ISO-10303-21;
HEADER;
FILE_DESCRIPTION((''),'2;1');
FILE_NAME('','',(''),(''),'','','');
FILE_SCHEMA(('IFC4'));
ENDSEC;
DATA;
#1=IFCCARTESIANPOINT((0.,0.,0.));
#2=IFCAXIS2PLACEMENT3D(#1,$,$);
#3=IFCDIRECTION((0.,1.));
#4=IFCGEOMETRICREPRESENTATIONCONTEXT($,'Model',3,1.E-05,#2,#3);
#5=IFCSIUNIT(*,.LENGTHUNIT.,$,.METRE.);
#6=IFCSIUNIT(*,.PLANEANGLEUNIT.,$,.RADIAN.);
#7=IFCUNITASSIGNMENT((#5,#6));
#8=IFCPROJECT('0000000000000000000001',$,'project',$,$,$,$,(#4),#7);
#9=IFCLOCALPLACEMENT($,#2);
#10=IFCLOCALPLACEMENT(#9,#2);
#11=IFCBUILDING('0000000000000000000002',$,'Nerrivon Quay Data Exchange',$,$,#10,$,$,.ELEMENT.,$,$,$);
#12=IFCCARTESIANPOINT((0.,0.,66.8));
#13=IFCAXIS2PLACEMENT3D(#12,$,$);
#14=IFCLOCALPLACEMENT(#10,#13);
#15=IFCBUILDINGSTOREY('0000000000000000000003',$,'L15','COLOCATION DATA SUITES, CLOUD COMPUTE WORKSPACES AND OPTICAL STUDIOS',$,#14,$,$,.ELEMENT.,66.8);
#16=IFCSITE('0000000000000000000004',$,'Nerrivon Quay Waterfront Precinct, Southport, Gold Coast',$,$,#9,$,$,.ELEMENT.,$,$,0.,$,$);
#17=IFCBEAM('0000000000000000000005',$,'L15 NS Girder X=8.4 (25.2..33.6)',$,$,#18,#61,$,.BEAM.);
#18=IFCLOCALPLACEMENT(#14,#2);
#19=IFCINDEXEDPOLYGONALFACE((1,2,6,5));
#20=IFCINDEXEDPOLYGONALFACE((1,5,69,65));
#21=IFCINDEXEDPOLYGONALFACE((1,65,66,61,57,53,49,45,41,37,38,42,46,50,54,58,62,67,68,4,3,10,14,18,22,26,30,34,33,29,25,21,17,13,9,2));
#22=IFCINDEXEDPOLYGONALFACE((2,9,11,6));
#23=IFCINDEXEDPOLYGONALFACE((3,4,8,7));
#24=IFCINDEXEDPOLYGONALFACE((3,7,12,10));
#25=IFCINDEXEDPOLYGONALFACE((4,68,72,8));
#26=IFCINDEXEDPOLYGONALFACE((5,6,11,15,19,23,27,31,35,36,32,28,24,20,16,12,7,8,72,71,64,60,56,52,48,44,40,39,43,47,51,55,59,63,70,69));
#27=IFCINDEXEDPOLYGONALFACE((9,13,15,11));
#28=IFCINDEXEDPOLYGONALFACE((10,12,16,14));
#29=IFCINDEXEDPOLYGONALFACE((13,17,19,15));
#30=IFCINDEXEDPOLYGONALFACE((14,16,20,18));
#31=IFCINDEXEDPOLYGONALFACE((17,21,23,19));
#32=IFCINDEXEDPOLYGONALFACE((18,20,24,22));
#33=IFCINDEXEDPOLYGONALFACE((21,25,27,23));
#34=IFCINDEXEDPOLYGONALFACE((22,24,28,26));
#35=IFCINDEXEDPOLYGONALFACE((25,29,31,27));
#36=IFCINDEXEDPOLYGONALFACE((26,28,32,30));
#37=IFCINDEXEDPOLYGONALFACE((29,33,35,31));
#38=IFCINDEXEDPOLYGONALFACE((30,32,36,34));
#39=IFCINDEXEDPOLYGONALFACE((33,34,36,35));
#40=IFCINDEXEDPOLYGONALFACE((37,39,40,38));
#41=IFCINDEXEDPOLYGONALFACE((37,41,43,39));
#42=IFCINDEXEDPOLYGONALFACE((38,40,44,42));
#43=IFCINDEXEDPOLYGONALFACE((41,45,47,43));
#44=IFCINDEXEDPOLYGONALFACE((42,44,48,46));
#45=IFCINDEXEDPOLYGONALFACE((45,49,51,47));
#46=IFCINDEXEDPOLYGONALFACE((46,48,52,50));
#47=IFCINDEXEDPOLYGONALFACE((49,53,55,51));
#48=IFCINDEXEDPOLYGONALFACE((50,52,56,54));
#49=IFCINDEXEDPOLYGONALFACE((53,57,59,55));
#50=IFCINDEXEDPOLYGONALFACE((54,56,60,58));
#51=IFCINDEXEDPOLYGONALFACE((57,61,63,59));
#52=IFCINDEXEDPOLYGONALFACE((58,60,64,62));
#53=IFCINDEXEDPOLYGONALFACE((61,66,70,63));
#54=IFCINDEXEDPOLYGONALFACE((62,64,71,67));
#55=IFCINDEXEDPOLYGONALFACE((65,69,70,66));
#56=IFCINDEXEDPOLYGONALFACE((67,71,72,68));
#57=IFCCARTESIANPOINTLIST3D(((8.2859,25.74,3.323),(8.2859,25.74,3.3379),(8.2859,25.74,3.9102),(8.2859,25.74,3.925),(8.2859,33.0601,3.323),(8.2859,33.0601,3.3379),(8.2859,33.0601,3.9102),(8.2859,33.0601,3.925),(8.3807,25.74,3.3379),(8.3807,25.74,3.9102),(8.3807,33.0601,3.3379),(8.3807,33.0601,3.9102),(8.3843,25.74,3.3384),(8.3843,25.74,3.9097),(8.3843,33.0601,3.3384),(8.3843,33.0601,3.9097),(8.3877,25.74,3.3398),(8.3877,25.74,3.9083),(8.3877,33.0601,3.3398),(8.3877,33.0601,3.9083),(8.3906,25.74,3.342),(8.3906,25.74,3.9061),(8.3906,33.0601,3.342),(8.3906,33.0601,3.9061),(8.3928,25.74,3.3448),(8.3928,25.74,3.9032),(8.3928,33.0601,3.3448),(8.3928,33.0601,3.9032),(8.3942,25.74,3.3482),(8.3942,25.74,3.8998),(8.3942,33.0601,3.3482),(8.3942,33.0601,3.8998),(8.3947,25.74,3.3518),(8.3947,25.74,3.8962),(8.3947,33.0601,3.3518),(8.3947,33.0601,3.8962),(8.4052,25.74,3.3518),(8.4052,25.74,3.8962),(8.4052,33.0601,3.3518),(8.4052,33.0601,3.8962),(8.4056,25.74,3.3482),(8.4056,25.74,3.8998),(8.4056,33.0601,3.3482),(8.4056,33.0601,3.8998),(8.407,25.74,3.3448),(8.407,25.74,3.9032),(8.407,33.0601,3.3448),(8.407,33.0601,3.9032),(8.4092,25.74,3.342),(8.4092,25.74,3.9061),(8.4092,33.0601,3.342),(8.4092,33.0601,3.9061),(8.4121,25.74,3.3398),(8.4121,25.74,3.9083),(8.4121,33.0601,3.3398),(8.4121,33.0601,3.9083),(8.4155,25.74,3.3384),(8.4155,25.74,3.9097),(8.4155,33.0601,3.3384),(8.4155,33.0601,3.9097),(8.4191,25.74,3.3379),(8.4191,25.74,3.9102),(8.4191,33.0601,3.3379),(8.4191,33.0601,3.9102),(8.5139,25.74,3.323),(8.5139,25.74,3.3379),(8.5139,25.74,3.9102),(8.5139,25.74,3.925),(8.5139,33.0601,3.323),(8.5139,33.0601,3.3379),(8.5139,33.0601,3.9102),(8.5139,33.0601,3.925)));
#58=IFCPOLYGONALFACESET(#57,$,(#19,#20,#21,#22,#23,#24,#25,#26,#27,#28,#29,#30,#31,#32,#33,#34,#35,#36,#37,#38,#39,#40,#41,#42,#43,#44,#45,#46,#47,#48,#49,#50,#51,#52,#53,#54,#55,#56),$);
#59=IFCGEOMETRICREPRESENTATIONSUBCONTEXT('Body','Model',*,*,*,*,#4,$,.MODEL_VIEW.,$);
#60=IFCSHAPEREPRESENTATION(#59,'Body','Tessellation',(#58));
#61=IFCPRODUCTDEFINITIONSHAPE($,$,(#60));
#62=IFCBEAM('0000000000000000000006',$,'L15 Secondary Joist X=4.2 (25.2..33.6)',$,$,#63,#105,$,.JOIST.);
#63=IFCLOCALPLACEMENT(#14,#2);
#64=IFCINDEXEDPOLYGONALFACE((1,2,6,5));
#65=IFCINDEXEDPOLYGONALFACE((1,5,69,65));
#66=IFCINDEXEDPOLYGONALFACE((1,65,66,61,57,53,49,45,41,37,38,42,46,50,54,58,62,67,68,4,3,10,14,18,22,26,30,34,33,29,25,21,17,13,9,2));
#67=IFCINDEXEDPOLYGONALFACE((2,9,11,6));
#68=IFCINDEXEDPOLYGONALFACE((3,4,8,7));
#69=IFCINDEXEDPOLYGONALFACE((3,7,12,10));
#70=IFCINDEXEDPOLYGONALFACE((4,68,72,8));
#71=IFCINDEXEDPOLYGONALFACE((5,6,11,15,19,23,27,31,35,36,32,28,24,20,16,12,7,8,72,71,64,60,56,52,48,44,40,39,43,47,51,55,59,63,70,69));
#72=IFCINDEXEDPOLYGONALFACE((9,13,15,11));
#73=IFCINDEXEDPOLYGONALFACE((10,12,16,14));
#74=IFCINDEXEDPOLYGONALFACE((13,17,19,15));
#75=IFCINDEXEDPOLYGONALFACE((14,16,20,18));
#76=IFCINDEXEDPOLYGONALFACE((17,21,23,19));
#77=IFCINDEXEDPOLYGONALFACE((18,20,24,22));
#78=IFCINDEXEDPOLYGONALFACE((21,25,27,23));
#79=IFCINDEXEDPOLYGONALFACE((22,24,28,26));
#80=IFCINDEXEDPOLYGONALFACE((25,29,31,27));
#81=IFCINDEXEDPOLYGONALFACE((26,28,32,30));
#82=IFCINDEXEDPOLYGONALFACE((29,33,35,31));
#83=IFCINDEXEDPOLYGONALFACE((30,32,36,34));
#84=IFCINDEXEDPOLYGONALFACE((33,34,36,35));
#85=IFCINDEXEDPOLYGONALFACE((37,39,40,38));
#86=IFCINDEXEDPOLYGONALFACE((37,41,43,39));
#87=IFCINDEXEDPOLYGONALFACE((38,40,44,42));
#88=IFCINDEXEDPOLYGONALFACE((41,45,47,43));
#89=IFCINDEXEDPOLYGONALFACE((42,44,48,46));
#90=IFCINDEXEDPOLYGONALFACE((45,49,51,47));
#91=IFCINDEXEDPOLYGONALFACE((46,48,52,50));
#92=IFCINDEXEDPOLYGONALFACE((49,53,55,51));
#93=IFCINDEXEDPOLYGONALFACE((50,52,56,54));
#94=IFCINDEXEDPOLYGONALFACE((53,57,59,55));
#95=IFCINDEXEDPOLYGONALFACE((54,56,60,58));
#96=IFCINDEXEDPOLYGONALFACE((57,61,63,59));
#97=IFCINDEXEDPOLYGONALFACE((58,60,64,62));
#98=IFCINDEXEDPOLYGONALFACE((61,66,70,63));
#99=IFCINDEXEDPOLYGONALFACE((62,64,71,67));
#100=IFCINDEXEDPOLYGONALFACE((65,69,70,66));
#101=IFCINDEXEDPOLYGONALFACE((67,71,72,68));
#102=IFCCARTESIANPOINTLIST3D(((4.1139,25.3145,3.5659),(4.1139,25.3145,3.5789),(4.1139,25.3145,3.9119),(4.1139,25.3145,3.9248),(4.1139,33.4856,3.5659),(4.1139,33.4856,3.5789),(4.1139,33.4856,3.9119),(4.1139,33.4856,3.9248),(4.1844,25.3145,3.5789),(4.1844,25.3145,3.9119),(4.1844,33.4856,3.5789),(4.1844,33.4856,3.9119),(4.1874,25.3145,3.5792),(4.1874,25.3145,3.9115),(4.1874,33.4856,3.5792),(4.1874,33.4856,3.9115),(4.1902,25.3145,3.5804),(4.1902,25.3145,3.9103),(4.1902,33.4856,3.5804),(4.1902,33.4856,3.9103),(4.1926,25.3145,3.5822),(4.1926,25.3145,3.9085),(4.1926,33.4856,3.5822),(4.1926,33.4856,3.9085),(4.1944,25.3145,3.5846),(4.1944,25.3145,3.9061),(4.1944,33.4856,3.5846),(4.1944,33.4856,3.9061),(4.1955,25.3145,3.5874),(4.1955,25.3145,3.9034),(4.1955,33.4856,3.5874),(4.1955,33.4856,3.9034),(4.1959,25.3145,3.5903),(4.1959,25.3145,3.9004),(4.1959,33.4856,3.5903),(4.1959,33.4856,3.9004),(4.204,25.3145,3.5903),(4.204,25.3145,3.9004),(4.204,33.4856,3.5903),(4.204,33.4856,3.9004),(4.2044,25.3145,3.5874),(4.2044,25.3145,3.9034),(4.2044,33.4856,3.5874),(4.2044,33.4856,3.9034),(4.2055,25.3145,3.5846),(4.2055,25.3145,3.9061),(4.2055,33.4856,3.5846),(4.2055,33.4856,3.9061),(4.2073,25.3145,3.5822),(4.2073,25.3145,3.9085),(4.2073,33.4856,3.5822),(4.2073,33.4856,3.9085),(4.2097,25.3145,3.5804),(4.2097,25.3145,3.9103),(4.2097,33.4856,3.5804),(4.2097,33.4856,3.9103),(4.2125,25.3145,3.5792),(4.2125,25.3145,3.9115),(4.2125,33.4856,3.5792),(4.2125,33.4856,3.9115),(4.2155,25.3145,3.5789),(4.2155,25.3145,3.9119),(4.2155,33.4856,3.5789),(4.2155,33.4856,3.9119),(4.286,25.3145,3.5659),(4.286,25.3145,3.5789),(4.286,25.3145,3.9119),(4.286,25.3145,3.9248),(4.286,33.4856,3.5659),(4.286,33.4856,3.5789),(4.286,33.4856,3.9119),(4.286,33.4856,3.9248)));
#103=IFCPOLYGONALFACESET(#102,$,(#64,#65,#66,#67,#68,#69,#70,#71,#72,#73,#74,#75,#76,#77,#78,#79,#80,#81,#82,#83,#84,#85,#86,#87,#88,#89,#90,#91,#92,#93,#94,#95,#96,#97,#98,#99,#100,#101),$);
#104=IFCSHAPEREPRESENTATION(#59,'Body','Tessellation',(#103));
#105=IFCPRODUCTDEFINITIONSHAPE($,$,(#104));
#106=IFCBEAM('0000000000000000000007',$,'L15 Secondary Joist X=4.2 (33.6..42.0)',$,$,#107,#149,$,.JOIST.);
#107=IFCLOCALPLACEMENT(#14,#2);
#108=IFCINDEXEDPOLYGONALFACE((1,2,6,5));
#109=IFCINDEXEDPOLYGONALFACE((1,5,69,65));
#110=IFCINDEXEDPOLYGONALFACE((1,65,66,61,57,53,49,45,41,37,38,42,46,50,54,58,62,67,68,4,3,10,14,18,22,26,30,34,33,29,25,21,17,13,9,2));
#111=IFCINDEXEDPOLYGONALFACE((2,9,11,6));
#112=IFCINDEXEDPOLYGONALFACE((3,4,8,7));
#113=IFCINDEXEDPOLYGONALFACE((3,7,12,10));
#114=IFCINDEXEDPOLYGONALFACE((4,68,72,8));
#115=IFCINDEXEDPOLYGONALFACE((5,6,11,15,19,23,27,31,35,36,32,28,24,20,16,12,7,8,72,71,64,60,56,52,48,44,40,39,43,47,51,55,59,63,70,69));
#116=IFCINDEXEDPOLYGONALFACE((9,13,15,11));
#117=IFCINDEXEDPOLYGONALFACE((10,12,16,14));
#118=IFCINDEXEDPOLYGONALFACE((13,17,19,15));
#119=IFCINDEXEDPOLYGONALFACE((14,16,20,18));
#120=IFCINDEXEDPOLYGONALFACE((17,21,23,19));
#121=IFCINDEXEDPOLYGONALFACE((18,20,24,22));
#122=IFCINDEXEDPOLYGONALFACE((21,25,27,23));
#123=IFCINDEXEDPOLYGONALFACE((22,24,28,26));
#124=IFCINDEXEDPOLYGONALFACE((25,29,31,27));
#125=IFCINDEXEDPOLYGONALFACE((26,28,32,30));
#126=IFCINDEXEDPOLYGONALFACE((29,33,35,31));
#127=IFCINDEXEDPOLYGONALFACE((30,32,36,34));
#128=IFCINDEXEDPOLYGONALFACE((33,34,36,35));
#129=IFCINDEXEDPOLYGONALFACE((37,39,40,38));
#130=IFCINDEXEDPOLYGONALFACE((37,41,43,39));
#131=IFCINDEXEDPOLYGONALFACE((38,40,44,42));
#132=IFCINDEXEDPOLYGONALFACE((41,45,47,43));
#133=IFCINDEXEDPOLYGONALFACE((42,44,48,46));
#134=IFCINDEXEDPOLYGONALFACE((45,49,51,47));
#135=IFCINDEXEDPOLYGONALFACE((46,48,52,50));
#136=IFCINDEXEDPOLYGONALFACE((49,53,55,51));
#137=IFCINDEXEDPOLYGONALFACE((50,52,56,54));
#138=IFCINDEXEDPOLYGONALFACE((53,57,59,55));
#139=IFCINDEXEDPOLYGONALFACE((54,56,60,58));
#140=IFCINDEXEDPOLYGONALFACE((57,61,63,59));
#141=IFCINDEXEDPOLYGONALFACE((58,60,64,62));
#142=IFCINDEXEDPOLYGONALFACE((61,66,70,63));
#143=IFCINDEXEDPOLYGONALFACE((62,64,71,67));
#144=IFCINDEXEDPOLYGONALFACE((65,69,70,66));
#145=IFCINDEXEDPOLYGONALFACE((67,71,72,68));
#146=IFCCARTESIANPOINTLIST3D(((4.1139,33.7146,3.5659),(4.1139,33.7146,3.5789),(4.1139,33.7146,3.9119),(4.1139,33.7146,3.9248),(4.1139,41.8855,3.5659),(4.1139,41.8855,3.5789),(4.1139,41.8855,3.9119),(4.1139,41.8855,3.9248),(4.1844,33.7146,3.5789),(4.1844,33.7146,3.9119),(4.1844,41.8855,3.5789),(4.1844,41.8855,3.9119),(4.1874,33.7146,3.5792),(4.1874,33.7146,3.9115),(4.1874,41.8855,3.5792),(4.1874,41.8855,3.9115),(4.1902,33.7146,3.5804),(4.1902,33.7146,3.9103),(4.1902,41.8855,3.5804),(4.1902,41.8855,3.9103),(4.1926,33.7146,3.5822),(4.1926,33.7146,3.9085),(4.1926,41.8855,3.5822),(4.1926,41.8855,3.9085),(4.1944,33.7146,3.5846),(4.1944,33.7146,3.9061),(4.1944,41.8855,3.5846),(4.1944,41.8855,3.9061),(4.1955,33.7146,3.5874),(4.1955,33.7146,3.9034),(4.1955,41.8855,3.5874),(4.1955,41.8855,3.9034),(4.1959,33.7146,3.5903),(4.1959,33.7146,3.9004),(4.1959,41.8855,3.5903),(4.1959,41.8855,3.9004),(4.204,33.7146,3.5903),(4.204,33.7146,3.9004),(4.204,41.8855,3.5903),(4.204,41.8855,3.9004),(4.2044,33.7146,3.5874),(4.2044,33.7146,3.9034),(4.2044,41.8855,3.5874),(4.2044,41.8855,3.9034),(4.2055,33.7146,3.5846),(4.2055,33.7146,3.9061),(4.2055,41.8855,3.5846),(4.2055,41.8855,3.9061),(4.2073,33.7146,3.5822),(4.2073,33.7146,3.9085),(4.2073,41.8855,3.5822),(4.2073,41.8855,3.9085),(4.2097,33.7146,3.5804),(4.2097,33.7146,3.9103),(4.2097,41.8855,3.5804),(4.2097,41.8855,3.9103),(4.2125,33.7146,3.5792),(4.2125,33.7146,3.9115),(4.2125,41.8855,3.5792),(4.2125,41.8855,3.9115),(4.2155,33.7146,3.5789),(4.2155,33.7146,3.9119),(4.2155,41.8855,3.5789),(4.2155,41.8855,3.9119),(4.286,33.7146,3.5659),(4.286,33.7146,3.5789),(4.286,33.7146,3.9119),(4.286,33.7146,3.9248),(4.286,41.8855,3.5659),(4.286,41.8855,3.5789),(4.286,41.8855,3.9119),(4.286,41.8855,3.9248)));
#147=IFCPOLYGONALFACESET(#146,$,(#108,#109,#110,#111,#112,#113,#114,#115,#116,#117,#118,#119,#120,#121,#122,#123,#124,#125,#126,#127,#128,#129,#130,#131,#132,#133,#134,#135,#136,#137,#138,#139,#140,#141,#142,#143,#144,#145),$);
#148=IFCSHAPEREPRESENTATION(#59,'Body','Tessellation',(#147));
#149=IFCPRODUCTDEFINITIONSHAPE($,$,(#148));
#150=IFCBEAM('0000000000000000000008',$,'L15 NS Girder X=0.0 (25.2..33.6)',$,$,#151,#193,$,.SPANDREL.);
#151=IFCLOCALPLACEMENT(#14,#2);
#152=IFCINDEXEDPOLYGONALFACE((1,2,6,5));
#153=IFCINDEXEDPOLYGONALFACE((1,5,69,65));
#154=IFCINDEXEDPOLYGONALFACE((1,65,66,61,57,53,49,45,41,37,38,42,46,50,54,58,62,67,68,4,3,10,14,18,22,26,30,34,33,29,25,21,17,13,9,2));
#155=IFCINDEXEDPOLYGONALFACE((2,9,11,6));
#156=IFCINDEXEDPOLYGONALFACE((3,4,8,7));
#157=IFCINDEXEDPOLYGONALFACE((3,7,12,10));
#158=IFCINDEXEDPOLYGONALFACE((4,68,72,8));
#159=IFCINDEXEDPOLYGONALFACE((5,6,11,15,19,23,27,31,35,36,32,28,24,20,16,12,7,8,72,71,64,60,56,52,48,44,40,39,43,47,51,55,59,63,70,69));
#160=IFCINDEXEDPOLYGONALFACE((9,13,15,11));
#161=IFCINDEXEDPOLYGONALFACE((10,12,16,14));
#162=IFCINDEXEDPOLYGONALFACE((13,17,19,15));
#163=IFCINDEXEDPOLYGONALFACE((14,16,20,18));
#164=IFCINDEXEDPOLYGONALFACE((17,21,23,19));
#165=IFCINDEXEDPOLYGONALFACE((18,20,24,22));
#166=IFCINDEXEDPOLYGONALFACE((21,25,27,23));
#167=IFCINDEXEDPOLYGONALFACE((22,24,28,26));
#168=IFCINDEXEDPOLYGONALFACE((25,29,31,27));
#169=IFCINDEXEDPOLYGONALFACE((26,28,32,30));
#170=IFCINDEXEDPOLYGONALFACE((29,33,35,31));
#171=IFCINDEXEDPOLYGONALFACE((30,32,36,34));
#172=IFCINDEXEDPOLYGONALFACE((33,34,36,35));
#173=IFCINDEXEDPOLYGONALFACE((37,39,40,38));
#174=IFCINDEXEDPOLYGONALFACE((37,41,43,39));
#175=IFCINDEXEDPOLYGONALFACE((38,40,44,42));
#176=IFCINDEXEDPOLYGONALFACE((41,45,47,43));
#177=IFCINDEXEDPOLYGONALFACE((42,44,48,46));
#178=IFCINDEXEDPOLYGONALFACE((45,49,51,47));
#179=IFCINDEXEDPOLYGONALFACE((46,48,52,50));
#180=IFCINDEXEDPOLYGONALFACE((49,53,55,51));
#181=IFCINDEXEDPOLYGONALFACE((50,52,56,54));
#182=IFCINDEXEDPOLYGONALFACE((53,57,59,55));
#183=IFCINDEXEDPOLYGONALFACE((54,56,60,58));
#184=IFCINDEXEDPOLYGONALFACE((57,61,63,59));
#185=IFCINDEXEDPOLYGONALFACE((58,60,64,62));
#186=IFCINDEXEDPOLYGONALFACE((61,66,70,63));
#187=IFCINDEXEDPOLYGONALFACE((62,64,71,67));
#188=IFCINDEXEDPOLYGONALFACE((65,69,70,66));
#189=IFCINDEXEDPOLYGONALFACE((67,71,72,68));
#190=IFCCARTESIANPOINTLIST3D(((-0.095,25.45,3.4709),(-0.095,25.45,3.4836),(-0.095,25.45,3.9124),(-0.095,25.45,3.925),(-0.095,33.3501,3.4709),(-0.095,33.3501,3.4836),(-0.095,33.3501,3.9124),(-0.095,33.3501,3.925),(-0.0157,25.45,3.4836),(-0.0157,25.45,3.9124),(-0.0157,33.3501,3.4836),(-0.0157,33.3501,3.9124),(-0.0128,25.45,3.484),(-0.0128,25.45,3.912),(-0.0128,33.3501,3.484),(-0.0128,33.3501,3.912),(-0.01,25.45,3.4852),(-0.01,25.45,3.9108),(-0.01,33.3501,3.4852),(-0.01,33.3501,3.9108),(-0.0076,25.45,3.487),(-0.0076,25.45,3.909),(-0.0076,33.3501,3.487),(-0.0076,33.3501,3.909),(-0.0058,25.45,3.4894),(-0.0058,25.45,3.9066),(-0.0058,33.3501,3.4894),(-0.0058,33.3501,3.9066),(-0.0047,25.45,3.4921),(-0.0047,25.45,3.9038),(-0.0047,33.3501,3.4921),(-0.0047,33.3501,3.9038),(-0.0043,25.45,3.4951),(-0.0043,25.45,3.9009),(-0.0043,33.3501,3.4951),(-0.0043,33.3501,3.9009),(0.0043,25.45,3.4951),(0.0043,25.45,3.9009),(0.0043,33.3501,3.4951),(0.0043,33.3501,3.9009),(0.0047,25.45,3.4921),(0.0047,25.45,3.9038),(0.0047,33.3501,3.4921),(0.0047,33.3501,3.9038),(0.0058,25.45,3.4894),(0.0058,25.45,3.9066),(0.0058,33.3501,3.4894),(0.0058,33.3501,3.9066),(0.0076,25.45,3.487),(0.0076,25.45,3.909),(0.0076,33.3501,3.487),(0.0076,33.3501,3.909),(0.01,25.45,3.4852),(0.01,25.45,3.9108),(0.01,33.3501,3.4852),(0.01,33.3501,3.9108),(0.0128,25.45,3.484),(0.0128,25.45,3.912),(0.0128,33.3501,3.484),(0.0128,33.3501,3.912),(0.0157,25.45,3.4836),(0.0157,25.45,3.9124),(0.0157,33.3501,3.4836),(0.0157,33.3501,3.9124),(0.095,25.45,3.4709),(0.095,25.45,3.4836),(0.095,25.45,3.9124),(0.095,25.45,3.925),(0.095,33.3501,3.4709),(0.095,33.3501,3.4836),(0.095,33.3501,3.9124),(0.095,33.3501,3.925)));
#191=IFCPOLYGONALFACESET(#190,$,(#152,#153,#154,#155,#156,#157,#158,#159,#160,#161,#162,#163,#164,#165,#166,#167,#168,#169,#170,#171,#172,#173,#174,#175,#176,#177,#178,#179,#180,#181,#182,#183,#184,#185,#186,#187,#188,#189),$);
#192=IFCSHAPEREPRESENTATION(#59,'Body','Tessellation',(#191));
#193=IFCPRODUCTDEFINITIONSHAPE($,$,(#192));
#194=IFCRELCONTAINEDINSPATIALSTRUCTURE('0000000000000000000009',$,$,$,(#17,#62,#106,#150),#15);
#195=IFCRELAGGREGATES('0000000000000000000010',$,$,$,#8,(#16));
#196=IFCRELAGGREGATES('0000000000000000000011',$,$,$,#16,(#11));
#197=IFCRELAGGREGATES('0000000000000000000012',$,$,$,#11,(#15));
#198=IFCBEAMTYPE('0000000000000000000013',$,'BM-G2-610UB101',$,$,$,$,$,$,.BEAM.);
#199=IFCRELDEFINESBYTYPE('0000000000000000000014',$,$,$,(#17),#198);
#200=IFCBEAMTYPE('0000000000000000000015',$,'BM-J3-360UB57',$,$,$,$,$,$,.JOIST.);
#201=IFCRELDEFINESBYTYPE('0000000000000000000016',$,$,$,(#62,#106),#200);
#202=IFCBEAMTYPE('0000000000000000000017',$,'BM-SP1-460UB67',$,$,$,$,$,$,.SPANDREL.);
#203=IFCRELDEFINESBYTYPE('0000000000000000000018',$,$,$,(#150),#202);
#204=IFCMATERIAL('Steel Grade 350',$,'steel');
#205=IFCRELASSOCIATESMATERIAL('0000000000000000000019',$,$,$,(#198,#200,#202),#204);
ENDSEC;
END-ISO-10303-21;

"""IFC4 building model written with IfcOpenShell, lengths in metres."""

from ifc_helpers import new_model, si_unit, direction, frame, origin, origin_2d, place, context, subcontext, project, spatial, i_section, extrude, material, material_profile, profile_set, type_object, element, save


model = new_model("IFC4")

# Units and contexts
model_context = context("Model", 3, precision=1e-05, world=origin(), true_north=direction((0.0, 1.0)))
body_context = subcontext(model_context, "Body", "Model", "MODEL_VIEW")
ifc_project = project(units=[si_unit("LENGTHUNIT", "METRE"), si_unit("PLANEANGLEUNIT", "RADIAN")], contexts=[model_context])

# Site, building, storey
site_placement = place(None, origin())
site = spatial("IfcSite", under=ifc_project, at=site_placement, Name="Nerrivon Quay Waterfront Precinct, Southport, Gold Coast", CompositionType="ELEMENT", RefElevation=0.0)
building_placement = place(site_placement, origin())
building = spatial("IfcBuilding", under=site, at=building_placement, Name="Nerrivon Quay Data Exchange", CompositionType="ELEMENT")
storey_placement = place(building_placement, frame((0.0, 0.0, 66.8)))
storey = spatial("IfcBuildingStorey", under=building, at=storey_placement, Name="L15", Description="COLOCATION DATA SUITES, CLOUD COMPUTE WORKSPACES AND OPTICAL STUDIOS", CompositionType="ELEMENT", Elevation=66.8)

# Shared definitions
ifc_material_1 = material(Name="Steel Grade 350", Category="steel")

# Beams
ifc_material_profile_1 = material_profile(ifc_material_1, i_section(OverallWidth=0.228, OverallDepth=0.6021, WebThickness=0.0105, FlangeThickness=0.0149, FilletRadius=0.0139, at=origin_2d()), Name="610UB101")
ifc_profile_set_1 = profile_set([ifc_material_profile_1], Name="Steel Grade 350")
beam_type_1 = type_object("IfcBeamType", Name="BM-G2-610UB101", PredefinedType="BEAM", material=ifc_profile_set_1)
beam_1_placement = place(storey_placement, frame((8.3999, 25.74, 3.624), z_axis=(0.0, 1.0, 0.0), x_axis=(-1.0, 0.0, 0.0)))
element("IfcBeam", 1, at=beam_1_placement, inside=storey, type_object=beam_type_1, Name="L15 NS Girder X=8.4 (25.2..33.6)", PredefinedType="BEAM", context=body_context, shape_type="SweptSolid", body=[
    extrude(i_section(OverallWidth=0.228, OverallDepth=0.6021, WebThickness=0.0105, FlangeThickness=0.0149, FilletRadius=0.0139, at=origin_2d()), origin(), (0.0, 0.0, 1.0), 7.3201),
])
ifc_material_profile_2 = material_profile(ifc_material_1, i_section(OverallWidth=0.1721, OverallDepth=0.3589, WebThickness=0.0081, FlangeThickness=0.0129, FilletRadius=0.0115, at=origin_2d()), Name="360UB56.7")
ifc_profile_set_2 = profile_set([ifc_material_profile_2], Name="Steel Grade 350")
beam_type_2 = type_object("IfcBeamType", Name="BM-J3-360UB57", PredefinedType="JOIST", material=ifc_profile_set_2)
beam_2_placement = place(storey_placement, frame((4.2, 25.3145, 3.7454), z_axis=(0.0, 1.0, 0.0), x_axis=(-1.0, 0.0, 0.0)))
element("IfcBeam", 2, at=beam_2_placement, inside=storey, type_object=beam_type_2, Name="L15 Secondary Joist X=4.2 (25.2..33.6)", PredefinedType="JOIST", context=body_context, shape_type="SweptSolid", body=[
    extrude(i_section(OverallWidth=0.1721, OverallDepth=0.3589, WebThickness=0.0081, FlangeThickness=0.0129, FilletRadius=0.0115, at=origin_2d()), origin(), (0.0, 0.0, 1.0), 8.1711),
])
beam_3_placement = place(storey_placement, frame((4.2, 33.7146, 3.7454), z_axis=(0.0, 1.0, 0.0), x_axis=(-1.0, 0.0, 0.0)))
element("IfcBeam", 3, at=beam_3_placement, inside=storey, type_object=beam_type_2, Name="L15 Secondary Joist X=4.2 (33.6..42.0)", PredefinedType="JOIST", context=body_context, shape_type="SweptSolid", body=[
    extrude(i_section(OverallWidth=0.1721, OverallDepth=0.3589, WebThickness=0.0081, FlangeThickness=0.0129, FilletRadius=0.0115, at=origin_2d()), origin(), (0.0, 0.0, 1.0), 8.1709),
])
ifc_material_profile_3 = material_profile(ifc_material_1, i_section(OverallWidth=0.1899, OverallDepth=0.4541, WebThickness=0.0085, FlangeThickness=0.0127, FilletRadius=0.0115, at=origin_2d()), Name="460UB67.1")
ifc_profile_set_3 = profile_set([ifc_material_profile_3], Name="Steel Grade 350")
beam_type_3 = type_object("IfcBeamType", Name="BM-SP1-460UB67", PredefinedType="SPANDREL", material=ifc_profile_set_3)
beam_4_placement = place(storey_placement, frame((0.0, 25.45, 3.698), z_axis=(0.0, 1.0, 0.0), x_axis=(-1.0, 0.0, 0.0)))
element("IfcBeam", 4, at=beam_4_placement, inside=storey, type_object=beam_type_3, Name="L15 NS Girder X=0.0 (25.2..33.6)", PredefinedType="SPANDREL", context=body_context, shape_type="SweptSolid", body=[
    extrude(i_section(OverallWidth=0.1899, OverallDepth=0.4541, WebThickness=0.0085, FlangeThickness=0.0127, FilletRadius=0.0115, at=origin_2d()), origin(), (0.0, 0.0, 1.0), 7.9001),
])

save(model, "model.ifc")
